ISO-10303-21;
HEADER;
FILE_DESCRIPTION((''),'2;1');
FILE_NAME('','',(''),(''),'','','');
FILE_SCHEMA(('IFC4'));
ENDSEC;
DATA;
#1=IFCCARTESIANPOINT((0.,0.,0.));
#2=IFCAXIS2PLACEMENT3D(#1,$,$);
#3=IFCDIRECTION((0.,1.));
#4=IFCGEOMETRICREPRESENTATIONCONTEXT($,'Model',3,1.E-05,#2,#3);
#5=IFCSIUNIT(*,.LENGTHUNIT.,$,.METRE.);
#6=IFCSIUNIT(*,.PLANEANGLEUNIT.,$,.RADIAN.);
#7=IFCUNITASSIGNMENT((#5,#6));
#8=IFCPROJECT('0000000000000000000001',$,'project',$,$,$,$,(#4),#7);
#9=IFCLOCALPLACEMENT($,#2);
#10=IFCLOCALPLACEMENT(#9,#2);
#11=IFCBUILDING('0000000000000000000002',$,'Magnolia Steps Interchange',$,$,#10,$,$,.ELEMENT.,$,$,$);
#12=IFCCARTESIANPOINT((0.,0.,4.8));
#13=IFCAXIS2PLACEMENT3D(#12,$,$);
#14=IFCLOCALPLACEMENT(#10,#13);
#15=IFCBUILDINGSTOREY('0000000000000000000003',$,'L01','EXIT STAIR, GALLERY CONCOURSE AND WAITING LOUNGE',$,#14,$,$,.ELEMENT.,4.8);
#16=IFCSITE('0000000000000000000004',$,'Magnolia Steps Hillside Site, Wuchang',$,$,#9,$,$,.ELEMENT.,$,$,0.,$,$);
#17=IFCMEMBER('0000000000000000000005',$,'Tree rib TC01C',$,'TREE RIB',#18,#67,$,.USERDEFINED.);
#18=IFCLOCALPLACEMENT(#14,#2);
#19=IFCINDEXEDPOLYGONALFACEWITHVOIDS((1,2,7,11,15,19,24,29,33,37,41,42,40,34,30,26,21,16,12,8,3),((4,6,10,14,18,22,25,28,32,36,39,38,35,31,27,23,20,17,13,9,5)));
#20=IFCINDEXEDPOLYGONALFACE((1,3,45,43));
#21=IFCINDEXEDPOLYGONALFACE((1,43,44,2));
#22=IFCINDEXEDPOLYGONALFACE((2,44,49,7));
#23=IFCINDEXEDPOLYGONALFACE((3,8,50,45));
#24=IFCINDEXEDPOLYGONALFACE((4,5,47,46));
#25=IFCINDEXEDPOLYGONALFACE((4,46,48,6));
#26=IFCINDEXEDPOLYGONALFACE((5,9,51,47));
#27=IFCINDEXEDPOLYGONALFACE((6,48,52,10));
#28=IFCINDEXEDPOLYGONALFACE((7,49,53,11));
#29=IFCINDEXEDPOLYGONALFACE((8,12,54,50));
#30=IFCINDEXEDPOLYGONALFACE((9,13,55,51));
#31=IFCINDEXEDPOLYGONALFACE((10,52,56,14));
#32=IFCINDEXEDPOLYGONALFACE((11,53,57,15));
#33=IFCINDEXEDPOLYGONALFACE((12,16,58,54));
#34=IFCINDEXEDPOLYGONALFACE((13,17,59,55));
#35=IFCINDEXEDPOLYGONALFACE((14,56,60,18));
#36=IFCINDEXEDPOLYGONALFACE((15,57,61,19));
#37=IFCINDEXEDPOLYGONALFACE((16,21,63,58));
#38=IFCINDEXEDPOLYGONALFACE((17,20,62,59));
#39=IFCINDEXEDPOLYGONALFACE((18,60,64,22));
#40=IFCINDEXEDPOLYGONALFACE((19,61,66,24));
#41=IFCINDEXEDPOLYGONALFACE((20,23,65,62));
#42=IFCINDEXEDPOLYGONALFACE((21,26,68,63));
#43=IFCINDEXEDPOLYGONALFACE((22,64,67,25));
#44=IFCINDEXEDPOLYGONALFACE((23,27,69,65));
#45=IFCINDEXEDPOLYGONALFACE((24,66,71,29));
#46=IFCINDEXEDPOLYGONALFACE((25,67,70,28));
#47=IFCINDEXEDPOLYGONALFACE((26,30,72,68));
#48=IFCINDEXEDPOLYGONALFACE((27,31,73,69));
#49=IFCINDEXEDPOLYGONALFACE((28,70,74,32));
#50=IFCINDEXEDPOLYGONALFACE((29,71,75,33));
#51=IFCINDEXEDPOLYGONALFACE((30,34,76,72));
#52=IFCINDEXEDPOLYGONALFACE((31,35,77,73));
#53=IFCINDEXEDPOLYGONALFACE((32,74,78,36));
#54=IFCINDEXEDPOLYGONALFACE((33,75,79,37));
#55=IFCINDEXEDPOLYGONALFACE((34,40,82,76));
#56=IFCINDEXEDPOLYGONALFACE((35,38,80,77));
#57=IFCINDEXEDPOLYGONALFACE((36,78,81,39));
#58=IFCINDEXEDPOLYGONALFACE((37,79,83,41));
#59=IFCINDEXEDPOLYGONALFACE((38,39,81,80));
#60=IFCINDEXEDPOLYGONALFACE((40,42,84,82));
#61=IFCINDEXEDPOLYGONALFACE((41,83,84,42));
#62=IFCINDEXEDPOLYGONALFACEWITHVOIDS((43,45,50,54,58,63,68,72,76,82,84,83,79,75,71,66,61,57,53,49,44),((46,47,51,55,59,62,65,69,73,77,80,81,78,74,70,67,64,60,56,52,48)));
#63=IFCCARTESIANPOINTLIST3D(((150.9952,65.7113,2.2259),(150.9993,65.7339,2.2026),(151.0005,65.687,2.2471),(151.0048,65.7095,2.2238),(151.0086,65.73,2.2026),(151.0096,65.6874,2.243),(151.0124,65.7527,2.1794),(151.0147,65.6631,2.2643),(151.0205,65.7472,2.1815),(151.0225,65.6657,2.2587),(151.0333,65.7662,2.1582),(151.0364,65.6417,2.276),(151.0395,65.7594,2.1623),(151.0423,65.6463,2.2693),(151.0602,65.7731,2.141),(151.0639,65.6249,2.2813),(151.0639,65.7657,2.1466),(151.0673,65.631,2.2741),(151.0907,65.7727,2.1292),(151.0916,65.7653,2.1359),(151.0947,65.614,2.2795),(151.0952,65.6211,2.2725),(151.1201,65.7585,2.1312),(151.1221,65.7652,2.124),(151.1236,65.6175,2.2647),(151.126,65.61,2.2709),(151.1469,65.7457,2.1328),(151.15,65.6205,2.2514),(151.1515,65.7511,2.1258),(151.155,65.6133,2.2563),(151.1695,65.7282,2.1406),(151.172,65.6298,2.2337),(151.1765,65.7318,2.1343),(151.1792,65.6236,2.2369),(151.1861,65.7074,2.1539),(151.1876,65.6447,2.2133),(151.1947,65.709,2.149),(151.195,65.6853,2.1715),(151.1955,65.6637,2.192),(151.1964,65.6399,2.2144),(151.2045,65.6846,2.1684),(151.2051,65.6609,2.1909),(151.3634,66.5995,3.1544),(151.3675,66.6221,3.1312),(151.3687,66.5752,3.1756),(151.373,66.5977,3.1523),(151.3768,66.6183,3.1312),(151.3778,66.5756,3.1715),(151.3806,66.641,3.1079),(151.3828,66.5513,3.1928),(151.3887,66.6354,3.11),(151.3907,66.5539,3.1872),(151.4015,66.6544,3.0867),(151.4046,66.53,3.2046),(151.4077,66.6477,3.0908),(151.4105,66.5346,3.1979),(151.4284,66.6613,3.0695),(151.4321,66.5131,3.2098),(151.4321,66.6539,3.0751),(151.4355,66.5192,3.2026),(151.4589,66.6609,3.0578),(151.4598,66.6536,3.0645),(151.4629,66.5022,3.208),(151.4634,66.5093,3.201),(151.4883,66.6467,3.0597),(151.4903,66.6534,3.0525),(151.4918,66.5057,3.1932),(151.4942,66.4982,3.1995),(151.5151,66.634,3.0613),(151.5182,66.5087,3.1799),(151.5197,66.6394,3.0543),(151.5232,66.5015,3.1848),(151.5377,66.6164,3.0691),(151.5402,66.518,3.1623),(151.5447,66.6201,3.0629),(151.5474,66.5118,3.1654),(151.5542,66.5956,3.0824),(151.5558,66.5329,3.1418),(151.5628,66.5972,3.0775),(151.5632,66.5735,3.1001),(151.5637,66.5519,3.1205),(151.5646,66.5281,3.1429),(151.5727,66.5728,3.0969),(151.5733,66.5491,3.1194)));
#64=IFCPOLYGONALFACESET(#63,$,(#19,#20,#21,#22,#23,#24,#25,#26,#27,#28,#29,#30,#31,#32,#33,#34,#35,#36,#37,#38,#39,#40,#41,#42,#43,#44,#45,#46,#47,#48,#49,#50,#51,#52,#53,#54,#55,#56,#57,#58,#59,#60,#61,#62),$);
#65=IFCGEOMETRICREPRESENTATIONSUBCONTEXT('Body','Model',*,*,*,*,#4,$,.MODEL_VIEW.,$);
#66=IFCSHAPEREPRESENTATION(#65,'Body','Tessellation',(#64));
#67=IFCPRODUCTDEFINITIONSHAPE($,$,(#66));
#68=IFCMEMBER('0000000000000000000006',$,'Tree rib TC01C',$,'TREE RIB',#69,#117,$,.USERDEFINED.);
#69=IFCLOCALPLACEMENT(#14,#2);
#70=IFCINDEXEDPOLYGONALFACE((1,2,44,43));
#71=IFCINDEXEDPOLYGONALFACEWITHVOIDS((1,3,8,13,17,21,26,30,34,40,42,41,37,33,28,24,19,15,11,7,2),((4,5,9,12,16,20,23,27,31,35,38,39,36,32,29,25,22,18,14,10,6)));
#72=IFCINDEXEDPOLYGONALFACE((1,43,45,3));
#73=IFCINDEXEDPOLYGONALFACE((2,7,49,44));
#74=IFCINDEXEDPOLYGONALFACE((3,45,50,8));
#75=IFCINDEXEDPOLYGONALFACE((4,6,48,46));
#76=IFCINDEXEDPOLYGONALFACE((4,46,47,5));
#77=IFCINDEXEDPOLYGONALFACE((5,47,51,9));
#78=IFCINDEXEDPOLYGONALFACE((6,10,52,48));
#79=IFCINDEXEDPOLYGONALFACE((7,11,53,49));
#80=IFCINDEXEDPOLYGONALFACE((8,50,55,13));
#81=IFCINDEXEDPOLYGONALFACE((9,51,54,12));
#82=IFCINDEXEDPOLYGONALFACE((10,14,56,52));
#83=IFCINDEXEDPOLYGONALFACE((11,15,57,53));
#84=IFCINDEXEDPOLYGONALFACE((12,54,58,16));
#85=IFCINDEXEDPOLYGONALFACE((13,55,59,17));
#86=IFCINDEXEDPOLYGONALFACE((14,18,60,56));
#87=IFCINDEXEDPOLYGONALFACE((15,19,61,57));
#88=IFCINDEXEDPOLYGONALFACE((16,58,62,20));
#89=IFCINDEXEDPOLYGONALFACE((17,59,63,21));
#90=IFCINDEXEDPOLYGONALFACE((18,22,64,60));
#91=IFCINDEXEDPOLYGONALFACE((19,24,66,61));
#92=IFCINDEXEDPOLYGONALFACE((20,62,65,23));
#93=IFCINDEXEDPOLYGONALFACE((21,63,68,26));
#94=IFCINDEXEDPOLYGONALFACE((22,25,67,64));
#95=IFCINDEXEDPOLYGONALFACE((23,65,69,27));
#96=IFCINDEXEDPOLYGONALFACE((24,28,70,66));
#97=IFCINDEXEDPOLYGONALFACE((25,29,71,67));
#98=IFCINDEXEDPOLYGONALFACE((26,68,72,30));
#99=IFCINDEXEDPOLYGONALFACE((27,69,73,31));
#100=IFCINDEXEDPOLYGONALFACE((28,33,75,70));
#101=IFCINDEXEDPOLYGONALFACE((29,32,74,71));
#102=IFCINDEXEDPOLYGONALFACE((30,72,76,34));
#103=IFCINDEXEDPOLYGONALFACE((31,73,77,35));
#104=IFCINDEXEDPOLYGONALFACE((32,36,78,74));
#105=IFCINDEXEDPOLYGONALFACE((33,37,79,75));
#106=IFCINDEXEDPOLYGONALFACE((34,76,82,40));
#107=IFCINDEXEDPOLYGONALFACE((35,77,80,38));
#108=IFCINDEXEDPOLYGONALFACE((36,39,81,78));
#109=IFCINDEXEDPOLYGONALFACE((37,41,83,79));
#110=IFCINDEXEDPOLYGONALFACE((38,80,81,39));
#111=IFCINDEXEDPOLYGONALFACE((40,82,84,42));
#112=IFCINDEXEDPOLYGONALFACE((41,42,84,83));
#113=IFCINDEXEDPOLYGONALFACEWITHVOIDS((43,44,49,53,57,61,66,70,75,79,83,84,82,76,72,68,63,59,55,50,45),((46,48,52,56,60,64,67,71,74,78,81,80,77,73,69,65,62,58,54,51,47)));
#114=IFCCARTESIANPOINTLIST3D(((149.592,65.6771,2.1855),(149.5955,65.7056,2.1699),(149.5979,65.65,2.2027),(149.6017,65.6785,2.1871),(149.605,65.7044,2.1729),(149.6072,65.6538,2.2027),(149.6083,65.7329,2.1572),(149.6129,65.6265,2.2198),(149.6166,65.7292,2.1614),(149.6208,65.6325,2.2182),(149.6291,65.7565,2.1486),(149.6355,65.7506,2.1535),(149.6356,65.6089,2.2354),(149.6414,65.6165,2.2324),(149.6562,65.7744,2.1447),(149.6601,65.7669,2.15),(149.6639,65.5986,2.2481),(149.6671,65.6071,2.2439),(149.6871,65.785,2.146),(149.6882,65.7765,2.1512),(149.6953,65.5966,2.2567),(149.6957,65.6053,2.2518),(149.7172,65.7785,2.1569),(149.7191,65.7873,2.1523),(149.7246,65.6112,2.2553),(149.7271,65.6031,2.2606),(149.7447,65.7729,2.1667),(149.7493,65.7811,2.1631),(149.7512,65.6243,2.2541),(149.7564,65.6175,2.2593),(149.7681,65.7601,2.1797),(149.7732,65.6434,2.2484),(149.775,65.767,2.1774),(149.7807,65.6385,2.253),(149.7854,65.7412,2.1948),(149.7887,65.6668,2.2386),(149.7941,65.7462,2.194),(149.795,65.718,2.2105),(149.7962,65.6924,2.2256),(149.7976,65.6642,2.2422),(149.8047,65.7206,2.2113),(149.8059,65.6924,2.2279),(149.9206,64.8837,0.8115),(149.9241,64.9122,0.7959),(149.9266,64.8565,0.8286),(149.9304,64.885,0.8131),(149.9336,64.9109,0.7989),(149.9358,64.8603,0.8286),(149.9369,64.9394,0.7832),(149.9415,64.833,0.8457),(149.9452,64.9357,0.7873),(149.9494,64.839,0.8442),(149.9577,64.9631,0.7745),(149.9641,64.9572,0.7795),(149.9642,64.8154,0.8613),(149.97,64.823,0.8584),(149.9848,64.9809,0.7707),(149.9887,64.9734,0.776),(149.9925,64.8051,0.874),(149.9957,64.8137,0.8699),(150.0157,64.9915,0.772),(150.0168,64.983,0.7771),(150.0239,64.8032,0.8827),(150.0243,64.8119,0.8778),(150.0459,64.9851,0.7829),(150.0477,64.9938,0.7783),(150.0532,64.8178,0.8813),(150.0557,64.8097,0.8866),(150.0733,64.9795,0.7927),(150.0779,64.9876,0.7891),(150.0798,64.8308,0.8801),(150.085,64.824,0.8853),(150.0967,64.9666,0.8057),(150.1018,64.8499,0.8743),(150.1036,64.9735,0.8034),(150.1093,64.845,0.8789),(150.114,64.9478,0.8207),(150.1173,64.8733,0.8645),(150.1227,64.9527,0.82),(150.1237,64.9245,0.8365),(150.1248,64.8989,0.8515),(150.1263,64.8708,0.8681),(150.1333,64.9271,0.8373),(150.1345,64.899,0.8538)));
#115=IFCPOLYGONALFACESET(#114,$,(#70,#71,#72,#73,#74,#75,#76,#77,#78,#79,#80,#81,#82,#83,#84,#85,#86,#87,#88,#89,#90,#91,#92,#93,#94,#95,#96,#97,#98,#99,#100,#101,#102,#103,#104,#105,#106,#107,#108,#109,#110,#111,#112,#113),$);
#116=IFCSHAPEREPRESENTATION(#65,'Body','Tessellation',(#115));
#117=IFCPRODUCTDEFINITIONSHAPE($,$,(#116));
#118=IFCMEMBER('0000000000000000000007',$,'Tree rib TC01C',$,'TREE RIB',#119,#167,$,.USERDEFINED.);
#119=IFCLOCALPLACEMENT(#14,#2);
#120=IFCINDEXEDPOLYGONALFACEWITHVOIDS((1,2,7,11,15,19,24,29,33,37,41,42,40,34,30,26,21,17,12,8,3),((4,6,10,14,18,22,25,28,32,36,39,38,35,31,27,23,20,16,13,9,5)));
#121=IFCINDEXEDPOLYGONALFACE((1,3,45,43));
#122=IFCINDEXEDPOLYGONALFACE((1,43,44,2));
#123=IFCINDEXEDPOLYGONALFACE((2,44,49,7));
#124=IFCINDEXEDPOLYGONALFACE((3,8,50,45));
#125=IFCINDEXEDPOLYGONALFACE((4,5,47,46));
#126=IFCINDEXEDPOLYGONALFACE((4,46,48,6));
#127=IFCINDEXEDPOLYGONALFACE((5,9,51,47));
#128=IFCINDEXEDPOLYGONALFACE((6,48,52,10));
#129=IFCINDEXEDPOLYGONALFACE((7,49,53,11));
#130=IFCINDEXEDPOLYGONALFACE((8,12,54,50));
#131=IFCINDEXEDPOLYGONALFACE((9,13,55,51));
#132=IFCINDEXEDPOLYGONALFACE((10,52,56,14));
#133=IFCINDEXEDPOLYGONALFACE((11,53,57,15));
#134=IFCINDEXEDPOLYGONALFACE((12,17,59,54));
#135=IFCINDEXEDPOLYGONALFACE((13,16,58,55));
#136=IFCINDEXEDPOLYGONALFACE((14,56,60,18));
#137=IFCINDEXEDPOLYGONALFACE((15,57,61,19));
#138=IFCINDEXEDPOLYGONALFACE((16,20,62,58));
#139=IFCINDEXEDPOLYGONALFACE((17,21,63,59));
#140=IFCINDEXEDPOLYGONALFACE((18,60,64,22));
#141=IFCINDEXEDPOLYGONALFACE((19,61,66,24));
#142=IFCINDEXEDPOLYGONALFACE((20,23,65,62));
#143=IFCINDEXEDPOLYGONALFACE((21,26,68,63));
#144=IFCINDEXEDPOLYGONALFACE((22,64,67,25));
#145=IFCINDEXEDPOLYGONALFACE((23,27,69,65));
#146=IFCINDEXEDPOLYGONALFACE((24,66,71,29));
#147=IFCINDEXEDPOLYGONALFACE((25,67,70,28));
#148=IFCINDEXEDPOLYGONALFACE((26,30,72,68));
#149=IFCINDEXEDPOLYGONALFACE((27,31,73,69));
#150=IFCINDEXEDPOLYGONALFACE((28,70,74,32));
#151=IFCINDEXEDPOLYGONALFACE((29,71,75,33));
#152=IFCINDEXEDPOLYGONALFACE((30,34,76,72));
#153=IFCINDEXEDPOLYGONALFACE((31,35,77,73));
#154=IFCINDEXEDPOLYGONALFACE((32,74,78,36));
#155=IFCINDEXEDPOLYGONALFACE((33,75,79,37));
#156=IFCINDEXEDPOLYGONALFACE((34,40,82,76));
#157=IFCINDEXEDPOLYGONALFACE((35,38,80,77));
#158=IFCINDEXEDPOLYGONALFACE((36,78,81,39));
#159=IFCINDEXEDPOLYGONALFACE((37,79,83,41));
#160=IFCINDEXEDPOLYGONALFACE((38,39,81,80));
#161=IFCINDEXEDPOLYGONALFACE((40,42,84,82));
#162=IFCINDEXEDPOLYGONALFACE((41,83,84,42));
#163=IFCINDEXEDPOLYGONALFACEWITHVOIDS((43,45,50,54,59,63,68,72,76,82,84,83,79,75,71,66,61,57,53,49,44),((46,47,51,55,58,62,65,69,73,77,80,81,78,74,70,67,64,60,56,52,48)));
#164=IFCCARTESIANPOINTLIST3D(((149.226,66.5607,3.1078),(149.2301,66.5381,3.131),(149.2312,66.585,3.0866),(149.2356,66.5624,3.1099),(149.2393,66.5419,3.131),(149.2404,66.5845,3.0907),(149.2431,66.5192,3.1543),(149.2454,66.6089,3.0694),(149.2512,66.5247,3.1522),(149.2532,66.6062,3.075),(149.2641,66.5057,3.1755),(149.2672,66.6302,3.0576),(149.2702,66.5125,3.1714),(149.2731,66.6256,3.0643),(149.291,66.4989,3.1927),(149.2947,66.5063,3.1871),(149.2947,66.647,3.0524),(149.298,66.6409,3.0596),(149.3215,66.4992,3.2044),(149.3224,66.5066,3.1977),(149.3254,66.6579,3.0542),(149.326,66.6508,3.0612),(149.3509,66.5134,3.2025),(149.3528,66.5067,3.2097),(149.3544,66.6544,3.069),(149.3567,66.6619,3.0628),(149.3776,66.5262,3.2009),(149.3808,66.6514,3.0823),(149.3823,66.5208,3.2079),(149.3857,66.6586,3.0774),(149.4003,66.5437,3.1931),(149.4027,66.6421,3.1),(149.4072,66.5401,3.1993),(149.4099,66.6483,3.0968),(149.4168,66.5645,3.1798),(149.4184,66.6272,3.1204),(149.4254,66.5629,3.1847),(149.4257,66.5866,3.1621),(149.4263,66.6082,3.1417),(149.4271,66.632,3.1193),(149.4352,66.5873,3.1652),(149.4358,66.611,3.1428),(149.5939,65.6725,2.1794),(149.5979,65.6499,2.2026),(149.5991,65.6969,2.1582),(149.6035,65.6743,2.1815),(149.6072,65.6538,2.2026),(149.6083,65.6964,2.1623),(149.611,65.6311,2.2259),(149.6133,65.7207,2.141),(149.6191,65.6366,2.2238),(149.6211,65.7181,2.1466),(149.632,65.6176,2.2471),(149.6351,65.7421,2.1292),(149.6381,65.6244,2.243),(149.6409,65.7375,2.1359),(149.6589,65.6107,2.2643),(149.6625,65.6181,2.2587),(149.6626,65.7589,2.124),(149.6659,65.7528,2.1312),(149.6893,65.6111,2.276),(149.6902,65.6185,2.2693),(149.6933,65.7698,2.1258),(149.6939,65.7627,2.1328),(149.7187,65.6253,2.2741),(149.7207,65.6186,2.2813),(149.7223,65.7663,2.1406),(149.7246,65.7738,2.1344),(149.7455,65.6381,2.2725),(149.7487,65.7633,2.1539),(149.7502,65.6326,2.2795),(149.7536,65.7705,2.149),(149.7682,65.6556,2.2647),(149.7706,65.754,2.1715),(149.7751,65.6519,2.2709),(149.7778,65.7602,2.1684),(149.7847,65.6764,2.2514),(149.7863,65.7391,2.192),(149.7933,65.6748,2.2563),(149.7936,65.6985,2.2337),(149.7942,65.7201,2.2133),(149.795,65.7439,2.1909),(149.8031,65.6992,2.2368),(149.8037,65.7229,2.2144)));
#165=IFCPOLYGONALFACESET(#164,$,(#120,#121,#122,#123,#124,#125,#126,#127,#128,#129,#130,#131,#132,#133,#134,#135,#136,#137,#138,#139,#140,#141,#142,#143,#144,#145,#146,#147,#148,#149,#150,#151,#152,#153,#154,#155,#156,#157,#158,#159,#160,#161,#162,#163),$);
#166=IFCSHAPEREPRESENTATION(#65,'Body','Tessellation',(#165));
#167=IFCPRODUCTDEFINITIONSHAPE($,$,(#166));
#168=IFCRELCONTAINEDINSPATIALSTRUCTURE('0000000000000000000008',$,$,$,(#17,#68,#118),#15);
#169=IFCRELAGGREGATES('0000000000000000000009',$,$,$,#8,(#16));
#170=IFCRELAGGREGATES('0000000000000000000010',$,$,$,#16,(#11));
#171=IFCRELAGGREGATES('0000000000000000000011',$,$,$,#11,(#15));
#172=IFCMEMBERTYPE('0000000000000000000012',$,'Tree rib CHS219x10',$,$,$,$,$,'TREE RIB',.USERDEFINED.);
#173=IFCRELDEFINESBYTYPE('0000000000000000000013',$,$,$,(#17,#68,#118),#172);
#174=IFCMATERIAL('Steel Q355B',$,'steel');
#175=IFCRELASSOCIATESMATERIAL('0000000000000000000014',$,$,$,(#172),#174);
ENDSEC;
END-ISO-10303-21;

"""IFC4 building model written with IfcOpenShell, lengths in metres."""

from ifc_helpers import new_model, si_unit, direction, frame, origin, origin_2d, place, context, subcontext, project, spatial, hollow_circle, extrude, material, material_profile, profile_set, type_object, element, save


model = new_model("IFC4")

# Units and contexts
model_context = context("Model", 3, precision=1e-05, world=origin(), true_north=direction((0.0, 1.0)))
body_context = subcontext(model_context, "Body", "Model", "MODEL_VIEW")
ifc_project = project(units=[si_unit("LENGTHUNIT", "METRE"), si_unit("PLANEANGLEUNIT", "RADIAN")], contexts=[model_context])

# Site, building, storey
site_placement = place(None, origin())
site = spatial("IfcSite", under=ifc_project, at=site_placement, Name="Magnolia Steps Hillside Site, Wuchang", CompositionType="ELEMENT", RefElevation=0.0)
building_placement = place(site_placement, origin())
building = spatial("IfcBuilding", under=site, at=building_placement, Name="Magnolia Steps Interchange", CompositionType="ELEMENT")
storey_placement = place(building_placement, frame((0.0, 0.0, 4.8)))
storey = spatial("IfcBuildingStorey", under=building, at=storey_placement, Name="L01", Description="EXIT STAIR, GALLERY CONCOURSE AND WAITING LOUNGE", CompositionType="ELEMENT", Elevation=4.8)

# Members
ifc_material_1 = material(Name="Steel Q355B", Category="steel")
ifc_material_profile_1 = material_profile(ifc_material_1, hollow_circle(Radius=0.1096, WallThickness=0.01, at=origin_2d()), Name="CHS219x10")
ifc_profile_set_1 = profile_set([ifc_material_profile_1], Name="Steel Q355B")
member_type = type_object("IfcMemberType", Name="Tree rib CHS219x10", ElementType="TREE RIB", PredefinedType="USERDEFINED", material=ifc_profile_set_1)
member_1_placement = place(storey_placement, frame((151.1006, 65.6919, 2.2026), z_axis=(0.275451, 0.664516, 0.694655), x_axis=(-0.923782, 0.38292, 0.0)))
element("IfcMember", 1, at=member_1_placement, inside=storey, type_object=member_type, Name="Tree rib TC01C", ObjectType="TREE RIB", PredefinedType="USERDEFINED", context=body_context, shape_type="SweptSolid", body=[
    extrude(hollow_circle(Radius=0.1096, WallThickness=0.01, at=origin_2d()), origin(), (0.0, 0.0, 1.0), 1.3367),
])
member_2_placement = place(storey_placement, frame((150.0278, 64.8984, 0.8286), z_axis=(-0.202805, 0.489686, 0.847985), x_axis=(-0.923899, -0.382636, 0.0)))
element("IfcMember", 2, at=member_2_placement, inside=storey, type_object=member_type, Name="Tree rib TC01C", ObjectType="TREE RIB", PredefinedType="USERDEFINED", context=body_context, shape_type="SweptSolid", body=[
    extrude(hollow_circle(Radius=0.1096, WallThickness=0.01, at=origin_2d()), origin(), (0.0, 0.0, 1.0), 1.6204),
])
member_3_placement = place(storey_placement, frame((149.6992, 65.6919, 2.2026), z_axis=(-0.275282, 0.664549, 0.69469), x_axis=(-0.923871, -0.382703, 0.0)))
element("IfcMember", 3, at=member_3_placement, inside=storey, type_object=member_type, Name="Tree rib TC01C", ObjectType="TREE RIB", PredefinedType="USERDEFINED", context=body_context, shape_type="SweptSolid", body=[
    extrude(hollow_circle(Radius=0.1096, WallThickness=0.01, at=origin_2d()), origin(), (0.0, 0.0, 1.0), 1.3364),
])

save(model, "model.ifc")
